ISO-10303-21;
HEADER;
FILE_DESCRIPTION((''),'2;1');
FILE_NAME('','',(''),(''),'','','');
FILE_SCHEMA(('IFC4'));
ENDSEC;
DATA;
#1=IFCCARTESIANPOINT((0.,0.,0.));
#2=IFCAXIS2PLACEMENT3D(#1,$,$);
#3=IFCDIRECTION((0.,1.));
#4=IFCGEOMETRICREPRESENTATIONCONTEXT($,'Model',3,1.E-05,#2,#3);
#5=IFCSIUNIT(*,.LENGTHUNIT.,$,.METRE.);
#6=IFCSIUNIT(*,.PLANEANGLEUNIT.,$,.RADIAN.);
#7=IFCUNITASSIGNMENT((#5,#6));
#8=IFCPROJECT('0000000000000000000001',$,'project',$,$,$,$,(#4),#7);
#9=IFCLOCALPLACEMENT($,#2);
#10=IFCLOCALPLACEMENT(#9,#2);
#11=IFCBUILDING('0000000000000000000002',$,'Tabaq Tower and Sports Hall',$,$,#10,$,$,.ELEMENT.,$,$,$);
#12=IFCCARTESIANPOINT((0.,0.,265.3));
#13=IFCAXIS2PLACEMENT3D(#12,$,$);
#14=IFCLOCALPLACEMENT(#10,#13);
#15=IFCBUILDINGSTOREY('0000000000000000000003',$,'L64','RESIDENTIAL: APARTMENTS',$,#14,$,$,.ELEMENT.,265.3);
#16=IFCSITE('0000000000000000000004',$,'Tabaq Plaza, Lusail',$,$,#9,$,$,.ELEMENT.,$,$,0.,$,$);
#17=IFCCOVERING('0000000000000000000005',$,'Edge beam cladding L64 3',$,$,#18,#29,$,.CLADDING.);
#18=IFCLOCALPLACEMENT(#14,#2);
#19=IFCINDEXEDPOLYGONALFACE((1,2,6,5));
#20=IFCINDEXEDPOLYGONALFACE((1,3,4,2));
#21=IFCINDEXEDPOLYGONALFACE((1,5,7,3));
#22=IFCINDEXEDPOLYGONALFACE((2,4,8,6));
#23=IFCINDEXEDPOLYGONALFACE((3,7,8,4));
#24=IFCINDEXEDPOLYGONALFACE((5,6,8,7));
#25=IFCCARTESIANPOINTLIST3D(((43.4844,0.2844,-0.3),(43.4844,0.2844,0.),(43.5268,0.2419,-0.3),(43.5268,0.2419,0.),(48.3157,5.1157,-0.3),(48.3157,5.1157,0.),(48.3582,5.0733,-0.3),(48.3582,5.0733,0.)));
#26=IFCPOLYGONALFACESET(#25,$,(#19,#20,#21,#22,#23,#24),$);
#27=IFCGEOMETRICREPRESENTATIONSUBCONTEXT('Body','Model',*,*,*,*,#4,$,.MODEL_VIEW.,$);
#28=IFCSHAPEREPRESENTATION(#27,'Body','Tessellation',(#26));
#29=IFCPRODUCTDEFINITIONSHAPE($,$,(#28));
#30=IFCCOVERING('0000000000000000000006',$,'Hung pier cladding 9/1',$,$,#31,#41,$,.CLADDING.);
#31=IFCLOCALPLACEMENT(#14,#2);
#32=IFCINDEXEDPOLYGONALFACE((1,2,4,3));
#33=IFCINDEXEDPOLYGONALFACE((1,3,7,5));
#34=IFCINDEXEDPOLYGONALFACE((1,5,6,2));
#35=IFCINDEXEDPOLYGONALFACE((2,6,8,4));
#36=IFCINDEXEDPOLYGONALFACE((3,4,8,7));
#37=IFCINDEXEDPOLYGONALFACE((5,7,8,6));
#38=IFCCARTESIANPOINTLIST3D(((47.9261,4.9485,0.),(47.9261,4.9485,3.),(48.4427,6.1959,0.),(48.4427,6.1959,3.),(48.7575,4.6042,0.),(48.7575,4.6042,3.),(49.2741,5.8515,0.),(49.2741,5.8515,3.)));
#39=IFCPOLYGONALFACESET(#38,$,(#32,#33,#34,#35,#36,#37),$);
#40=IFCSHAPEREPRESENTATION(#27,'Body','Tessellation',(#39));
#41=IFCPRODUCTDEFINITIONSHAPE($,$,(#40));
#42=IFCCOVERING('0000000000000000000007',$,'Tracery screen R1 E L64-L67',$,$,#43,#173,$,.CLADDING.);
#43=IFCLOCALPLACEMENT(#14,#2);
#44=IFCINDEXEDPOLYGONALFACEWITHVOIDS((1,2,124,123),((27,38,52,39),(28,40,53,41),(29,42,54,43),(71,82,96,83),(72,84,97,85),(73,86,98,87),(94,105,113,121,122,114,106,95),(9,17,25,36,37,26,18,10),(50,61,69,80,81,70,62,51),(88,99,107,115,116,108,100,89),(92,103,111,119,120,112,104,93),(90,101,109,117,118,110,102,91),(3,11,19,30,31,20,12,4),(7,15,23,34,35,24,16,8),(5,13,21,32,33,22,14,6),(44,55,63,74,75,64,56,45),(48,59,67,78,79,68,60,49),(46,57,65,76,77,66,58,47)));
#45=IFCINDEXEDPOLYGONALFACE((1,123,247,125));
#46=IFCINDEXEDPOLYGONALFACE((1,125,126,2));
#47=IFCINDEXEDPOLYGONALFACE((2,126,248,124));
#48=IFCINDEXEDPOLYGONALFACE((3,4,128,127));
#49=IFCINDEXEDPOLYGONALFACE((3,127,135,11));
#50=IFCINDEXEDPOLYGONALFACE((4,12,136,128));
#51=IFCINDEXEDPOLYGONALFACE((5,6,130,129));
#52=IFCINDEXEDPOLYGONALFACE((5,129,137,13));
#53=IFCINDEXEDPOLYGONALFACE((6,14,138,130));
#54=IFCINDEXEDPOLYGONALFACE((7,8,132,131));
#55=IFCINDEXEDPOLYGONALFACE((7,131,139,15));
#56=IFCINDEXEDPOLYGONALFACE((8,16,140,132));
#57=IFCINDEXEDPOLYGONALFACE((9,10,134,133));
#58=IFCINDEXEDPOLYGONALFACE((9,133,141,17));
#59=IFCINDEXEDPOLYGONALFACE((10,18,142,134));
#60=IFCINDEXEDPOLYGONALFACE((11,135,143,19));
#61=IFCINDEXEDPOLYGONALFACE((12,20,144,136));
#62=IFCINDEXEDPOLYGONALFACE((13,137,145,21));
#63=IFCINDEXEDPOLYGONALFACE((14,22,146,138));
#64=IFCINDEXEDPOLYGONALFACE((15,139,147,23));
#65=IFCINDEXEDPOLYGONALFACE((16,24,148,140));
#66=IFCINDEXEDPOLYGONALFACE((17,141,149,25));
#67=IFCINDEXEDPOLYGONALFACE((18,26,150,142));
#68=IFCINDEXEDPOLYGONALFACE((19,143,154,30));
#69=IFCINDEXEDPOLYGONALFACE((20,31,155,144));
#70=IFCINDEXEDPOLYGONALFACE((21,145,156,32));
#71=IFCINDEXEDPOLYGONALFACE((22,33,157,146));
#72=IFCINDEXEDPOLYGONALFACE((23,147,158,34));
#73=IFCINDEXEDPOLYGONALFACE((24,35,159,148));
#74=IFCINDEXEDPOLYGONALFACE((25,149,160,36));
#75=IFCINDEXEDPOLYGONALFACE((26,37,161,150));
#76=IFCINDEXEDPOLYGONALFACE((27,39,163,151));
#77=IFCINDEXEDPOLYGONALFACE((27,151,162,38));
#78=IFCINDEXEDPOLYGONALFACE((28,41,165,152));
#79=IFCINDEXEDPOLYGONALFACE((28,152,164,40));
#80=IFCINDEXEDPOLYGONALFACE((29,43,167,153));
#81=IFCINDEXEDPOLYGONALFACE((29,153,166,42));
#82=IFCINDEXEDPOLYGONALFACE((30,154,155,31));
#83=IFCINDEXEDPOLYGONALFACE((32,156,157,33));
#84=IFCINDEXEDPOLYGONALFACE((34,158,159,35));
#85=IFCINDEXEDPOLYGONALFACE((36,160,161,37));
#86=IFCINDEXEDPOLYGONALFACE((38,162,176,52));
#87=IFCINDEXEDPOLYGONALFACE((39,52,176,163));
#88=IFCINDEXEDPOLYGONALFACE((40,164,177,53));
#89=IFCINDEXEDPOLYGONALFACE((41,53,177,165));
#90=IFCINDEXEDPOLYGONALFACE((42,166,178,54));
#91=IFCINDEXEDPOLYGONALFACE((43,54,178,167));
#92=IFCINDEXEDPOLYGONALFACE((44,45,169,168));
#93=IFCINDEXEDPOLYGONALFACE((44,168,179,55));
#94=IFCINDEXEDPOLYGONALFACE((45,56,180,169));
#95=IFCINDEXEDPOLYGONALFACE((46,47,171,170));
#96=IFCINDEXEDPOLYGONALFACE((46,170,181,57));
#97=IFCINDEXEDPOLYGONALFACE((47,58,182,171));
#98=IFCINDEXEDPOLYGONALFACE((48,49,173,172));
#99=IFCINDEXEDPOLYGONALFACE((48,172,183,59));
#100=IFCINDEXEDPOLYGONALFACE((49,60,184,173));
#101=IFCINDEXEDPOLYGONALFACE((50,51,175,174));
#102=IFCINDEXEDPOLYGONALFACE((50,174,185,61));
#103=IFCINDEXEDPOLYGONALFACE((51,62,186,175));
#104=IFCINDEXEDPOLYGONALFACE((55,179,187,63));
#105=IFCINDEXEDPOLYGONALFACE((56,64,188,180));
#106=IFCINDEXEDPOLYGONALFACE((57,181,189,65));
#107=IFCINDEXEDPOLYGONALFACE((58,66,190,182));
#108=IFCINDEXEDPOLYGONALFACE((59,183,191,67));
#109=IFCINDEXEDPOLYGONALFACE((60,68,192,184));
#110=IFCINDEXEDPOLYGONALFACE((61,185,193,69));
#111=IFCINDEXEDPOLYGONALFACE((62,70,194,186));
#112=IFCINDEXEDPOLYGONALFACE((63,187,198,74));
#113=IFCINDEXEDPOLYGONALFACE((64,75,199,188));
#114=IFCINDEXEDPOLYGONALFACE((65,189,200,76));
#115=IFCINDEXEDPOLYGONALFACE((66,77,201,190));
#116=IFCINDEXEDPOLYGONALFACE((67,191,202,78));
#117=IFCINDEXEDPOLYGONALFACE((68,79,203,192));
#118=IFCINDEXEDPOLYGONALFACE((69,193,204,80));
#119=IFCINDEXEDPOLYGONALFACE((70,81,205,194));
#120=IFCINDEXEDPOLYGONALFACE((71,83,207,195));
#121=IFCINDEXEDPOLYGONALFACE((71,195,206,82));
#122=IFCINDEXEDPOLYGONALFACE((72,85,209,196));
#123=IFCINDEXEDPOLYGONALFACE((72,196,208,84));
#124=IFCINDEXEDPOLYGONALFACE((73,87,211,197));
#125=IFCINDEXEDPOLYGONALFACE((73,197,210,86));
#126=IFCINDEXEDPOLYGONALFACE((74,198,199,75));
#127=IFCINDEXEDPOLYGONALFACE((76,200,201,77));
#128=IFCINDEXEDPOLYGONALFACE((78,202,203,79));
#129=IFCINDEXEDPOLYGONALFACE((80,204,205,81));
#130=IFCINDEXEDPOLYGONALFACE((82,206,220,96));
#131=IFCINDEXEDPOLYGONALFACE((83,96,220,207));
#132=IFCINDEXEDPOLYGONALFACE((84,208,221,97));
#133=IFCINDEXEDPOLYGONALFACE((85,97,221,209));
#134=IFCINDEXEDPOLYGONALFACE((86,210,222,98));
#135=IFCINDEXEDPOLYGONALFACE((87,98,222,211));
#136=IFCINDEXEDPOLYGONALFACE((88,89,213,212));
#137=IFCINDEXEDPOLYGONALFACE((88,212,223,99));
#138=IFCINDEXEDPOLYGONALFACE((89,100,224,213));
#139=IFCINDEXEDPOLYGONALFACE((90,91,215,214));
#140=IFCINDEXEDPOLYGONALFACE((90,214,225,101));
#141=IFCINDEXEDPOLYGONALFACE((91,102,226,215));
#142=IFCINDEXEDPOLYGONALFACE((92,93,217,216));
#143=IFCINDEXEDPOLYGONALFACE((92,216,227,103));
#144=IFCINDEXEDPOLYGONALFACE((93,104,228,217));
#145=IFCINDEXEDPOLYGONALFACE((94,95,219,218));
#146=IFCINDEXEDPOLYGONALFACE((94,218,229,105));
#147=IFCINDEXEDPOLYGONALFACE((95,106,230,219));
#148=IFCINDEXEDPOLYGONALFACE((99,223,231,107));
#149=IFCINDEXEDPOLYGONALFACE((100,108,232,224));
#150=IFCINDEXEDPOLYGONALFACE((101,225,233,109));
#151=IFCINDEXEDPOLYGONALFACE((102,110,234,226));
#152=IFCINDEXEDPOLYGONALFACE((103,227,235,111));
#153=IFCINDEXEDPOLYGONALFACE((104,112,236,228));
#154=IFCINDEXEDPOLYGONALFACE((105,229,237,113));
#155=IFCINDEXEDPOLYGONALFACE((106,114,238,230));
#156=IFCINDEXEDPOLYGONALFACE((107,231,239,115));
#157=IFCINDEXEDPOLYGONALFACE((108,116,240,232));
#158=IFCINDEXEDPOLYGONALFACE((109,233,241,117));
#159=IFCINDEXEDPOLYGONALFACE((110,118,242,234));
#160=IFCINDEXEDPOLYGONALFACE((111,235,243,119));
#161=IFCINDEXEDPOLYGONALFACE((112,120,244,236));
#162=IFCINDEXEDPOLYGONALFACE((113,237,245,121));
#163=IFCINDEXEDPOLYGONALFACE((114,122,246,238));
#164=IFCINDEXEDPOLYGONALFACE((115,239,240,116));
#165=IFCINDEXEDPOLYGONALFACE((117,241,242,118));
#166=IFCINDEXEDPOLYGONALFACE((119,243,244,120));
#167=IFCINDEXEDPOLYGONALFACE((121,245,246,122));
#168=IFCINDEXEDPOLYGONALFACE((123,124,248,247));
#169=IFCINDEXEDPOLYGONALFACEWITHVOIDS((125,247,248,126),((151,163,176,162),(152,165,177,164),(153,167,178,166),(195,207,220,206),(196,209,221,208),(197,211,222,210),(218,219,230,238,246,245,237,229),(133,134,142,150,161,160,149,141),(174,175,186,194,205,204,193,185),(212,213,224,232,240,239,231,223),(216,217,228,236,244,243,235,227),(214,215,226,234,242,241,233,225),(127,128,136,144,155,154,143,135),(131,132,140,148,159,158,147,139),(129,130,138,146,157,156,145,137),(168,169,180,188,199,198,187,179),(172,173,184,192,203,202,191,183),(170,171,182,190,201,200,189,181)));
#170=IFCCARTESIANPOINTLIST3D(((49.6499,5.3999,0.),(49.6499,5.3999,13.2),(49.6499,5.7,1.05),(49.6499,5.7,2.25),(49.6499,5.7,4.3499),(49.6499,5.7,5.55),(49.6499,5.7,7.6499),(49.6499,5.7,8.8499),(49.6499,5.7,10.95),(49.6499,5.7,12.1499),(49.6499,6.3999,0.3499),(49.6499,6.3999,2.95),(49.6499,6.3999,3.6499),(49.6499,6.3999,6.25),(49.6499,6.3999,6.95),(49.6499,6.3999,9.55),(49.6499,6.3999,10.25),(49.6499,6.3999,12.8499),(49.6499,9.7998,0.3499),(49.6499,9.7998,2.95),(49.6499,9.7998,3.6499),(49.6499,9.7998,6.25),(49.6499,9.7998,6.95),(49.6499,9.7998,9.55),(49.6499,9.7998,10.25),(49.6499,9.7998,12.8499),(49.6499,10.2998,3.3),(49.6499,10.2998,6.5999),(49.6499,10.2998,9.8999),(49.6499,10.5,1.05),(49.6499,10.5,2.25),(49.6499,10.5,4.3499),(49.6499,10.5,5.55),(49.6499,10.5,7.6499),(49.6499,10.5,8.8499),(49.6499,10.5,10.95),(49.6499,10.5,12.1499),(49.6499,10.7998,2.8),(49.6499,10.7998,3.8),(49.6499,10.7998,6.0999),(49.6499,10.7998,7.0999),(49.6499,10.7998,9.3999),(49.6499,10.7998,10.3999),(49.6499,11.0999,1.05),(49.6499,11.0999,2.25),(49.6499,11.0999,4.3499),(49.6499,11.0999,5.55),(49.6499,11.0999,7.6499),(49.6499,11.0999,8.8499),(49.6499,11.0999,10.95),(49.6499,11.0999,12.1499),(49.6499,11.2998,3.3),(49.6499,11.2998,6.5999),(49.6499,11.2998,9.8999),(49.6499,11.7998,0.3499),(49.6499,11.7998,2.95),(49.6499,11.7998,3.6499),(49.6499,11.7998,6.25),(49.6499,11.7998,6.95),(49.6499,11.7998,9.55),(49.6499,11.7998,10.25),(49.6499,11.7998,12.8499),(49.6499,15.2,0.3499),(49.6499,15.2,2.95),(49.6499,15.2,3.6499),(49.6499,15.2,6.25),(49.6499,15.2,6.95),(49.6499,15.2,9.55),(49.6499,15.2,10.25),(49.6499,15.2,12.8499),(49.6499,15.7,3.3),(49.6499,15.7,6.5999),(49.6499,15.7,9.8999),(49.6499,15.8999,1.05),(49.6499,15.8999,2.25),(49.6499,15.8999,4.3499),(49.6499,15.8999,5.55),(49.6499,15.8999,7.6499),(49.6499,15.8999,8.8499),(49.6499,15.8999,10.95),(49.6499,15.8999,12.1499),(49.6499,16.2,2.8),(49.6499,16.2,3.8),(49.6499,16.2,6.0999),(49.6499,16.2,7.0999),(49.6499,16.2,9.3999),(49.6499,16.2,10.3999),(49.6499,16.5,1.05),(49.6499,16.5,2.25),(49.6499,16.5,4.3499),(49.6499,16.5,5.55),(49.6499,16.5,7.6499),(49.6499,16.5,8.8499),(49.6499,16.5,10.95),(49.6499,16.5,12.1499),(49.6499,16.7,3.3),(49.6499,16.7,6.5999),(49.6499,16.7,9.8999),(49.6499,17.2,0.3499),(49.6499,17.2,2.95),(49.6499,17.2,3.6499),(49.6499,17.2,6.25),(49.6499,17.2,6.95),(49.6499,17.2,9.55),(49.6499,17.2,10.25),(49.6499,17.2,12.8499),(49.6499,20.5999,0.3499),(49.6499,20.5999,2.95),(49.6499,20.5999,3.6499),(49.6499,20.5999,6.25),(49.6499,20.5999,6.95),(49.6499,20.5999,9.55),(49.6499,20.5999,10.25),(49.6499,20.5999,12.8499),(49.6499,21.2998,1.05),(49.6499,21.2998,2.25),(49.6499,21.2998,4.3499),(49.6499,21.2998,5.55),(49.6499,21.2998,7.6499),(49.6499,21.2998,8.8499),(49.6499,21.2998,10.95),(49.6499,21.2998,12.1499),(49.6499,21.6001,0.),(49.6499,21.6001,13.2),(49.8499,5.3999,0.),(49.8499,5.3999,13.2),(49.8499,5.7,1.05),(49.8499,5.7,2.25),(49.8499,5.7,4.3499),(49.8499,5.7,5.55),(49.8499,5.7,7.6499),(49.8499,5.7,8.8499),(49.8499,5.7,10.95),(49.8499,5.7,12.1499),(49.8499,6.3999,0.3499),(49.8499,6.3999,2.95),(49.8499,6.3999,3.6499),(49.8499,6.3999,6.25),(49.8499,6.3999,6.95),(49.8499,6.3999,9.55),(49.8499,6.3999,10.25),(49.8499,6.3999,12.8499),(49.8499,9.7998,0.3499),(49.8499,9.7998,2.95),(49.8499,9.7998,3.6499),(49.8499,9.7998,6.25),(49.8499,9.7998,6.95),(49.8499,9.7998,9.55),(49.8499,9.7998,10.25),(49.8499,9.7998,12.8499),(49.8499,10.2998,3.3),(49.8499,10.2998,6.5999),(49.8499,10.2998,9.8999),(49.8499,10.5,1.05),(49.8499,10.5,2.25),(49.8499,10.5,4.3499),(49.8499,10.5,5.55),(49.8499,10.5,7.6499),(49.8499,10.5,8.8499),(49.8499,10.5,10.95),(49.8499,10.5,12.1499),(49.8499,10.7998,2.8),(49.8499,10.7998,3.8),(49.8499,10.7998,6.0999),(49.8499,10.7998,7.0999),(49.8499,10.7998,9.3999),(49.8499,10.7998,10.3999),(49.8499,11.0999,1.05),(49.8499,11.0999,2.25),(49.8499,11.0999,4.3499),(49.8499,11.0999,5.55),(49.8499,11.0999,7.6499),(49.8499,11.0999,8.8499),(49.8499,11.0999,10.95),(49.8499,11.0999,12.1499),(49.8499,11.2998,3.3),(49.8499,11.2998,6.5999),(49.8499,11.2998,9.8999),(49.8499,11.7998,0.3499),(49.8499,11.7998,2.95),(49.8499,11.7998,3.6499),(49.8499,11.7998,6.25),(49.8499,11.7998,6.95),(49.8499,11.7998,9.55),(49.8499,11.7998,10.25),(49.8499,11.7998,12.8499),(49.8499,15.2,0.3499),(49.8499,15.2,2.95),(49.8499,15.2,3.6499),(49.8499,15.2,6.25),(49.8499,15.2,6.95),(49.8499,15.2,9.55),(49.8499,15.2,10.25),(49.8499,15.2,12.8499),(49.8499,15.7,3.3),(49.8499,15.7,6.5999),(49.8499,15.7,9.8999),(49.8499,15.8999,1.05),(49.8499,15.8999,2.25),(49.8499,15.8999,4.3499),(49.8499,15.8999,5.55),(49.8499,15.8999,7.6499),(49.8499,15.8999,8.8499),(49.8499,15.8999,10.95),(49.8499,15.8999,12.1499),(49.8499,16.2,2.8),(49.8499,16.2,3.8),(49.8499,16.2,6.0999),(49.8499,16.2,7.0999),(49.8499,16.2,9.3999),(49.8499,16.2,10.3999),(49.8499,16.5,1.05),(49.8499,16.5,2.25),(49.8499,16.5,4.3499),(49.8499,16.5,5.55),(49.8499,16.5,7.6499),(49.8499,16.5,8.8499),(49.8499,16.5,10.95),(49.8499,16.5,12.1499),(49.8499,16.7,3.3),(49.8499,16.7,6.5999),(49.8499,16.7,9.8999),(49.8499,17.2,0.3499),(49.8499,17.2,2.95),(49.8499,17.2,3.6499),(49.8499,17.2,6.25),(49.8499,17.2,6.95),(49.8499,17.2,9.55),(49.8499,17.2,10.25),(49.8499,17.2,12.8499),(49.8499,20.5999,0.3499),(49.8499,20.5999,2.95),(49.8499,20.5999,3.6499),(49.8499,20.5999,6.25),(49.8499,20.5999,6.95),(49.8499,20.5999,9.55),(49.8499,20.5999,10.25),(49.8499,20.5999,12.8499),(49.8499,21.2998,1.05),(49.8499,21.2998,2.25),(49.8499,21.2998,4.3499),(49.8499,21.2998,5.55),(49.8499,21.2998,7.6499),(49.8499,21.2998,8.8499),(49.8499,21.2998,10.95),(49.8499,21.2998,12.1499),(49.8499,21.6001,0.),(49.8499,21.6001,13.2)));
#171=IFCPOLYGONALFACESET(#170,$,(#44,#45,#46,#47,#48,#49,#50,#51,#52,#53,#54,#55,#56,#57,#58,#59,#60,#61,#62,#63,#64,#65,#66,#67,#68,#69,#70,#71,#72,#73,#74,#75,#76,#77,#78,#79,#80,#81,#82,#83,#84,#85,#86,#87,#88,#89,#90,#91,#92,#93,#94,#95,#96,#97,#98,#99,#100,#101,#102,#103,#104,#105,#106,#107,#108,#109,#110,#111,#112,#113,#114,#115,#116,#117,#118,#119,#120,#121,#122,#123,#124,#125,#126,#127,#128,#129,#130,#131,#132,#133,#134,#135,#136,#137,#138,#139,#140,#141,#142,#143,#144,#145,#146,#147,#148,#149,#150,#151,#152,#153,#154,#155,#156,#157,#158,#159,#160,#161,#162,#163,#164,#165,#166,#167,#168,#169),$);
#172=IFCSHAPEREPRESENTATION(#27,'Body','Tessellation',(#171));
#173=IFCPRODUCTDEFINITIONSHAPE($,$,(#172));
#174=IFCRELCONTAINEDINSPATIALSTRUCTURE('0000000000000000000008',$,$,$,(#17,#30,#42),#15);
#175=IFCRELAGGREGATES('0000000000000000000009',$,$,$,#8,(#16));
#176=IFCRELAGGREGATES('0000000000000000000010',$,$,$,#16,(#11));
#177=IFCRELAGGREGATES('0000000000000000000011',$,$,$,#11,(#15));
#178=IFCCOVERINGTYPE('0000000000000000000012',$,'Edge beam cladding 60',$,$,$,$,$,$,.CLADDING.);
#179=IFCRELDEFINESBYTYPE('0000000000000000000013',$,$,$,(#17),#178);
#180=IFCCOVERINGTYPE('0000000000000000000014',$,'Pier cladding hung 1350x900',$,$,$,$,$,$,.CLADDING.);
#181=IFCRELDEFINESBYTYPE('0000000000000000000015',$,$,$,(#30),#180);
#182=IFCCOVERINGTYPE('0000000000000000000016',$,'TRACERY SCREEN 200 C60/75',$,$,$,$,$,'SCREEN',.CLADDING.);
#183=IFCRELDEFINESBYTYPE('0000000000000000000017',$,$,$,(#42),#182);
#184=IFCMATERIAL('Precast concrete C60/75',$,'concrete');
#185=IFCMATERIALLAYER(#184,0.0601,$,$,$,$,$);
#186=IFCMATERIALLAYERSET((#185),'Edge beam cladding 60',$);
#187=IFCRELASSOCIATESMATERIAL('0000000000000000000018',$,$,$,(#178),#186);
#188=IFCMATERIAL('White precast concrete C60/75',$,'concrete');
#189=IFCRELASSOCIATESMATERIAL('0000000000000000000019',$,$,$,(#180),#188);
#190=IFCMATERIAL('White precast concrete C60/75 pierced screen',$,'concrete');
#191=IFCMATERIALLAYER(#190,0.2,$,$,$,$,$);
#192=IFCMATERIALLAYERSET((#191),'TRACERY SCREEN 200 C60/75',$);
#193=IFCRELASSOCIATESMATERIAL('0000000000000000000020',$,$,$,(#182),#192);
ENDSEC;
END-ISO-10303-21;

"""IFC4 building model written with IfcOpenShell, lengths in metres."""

from ifc_helpers import new_model, si_unit, direction, frame, frame_2d, origin, place, context, subcontext, project, spatial, polyline, rectangle, outline, extrude, material, layer, layer_set, type_object, element, save


model = new_model("IFC4")

# Units and contexts
model_context = context("Model", 3, precision=1e-05, world=origin(), true_north=direction((0.0, 1.0)))
body_context = subcontext(model_context, "Body", "Model", "MODEL_VIEW")
ifc_project = project(units=[si_unit("LENGTHUNIT", "METRE"), si_unit("PLANEANGLEUNIT", "RADIAN")], contexts=[model_context])

# Site, building, storey
site_placement = place(None, origin())
site = spatial("IfcSite", under=ifc_project, at=site_placement, Name="Tabaq Plaza, Lusail", CompositionType="ELEMENT", RefElevation=0.0)
building_placement = place(site_placement, origin())
building = spatial("IfcBuilding", under=site, at=building_placement, Name="Tabaq Tower and Sports Hall", CompositionType="ELEMENT")
storey_placement = place(building_placement, frame((0.0, 0.0, 265.3)))
storey = spatial("IfcBuildingStorey", under=building, at=storey_placement, Name="L64", Description="RESIDENTIAL: APARTMENTS", CompositionType="ELEMENT", Elevation=265.3)

# Coverings
ifc_material_1 = material(Name="Precast concrete C60/75", Category="concrete")
ifc_layer_1 = layer(ifc_material_1, 0.0601)
ifc_layer_set_1 = layer_set([ifc_layer_1], Name="Edge beam cladding 60")
covering_type_1 = type_object("IfcCoveringType", Name="Edge beam cladding 60", PredefinedType="CLADDING", material=ifc_layer_set_1)
covering_1_placement = place(storey_placement, frame((43.5056, 0.2632, -0.3), z_axis=(0.0, 0.0, 1.0), x_axis=(0.707107, 0.707107, 0.0)))
element("IfcCovering", 1, at=covering_1_placement, inside=storey, type_object=covering_type_1, Name="Edge beam cladding L64 3", PredefinedType="CLADDING", context=body_context, shape_type="SweptSolid", body=[
    extrude(rectangle(XDim=6.8325, YDim=0.0601, at=frame_2d((3.4163, 0.0))), origin(), (0.0, 0.0, 1.0), 0.3),
])
ifc_material_2 = material(Name="White precast concrete C60/75", Category="concrete")
covering_type_2 = type_object("IfcCoveringType", Name="Pier cladding hung 1350x900", PredefinedType="CLADDING", material=ifc_material_2)
covering_2_placement = place(storey_placement, frame((48.3418, 4.7764, 0.0), z_axis=(0.0, 0.0, 1.0), x_axis=(0.38265, 0.923893, 0.0)))
element("IfcCovering", 2, at=covering_2_placement, inside=storey, type_object=covering_type_2, Name="Hung pier cladding 9/1", PredefinedType="CLADDING", context=body_context, shape_type="SweptSolid", body=[
    extrude(rectangle(XDim=1.3501, YDim=0.8999, at=frame_2d((0.675, 0.0))), origin(), (0.0, 0.0, 1.0), 3.0),
])
ifc_material_3 = material(Name="White precast concrete C60/75 pierced screen", Category="concrete")
ifc_layer_2 = layer(ifc_material_3, 0.2)
ifc_layer_set_2 = layer_set([ifc_layer_2], Name="TRACERY SCREEN 200 C60/75")
covering_type_3 = type_object("IfcCoveringType", Name="TRACERY SCREEN 200 C60/75", ElementType="SCREEN", PredefinedType="CLADDING", material=ifc_layer_set_2)
covering_3_placement = place(storey_placement, frame((49.75, 5.3999, 0.0), z_axis=(0.0, 0.0, 1.0), x_axis=(0.0, 1.0, 0.0)))
element("IfcCovering", 3, at=covering_3_placement, inside=storey, type_object=covering_type_3, Name="Tracery screen R1 E L64-L67", PredefinedType="CLADDING", context=body_context, shape_type="SweptSolid", body=[
    extrude(outline(polyline([(0.0, 0.0), (16.2002, 0.0), (16.2002, 13.2), (0.0, 13.2), (0.0, 0.0)]), holes=[polyline([(1.0, 0.3499), (4.3999, 0.3499), (5.1001, 1.05), (5.1001, 2.25), (4.3999, 2.95), (1.0, 2.95), (0.3, 2.25), (0.3, 1.05), (1.0, 0.3499)]), polyline([(6.3999, 0.3499), (9.8, 0.3499), (10.5, 1.05), (10.5, 2.25), (9.8, 2.95), (6.3999, 2.95), (5.7, 2.25), (5.7, 1.05), (6.3999, 0.3499)]), polyline([(11.8, 0.3499), (15.2, 0.3499), (15.8999, 1.05), (15.8999, 2.25), (15.2, 2.95), (11.8, 2.95), (11.1001, 2.25), (11.1001, 1.05), (11.8, 0.3499)]), polyline([(1.0, 3.6499), (4.3999, 3.6499), (5.1001, 4.3499), (5.1001, 5.55), (4.3999, 6.25), (1.0, 6.25), (0.3, 5.55), (0.3, 4.3499), (1.0, 3.6499)]), polyline([(6.3999, 3.6499), (9.8, 3.6499), (10.5, 4.3499), (10.5, 5.55), (9.8, 6.25), (6.3999, 6.25), (5.7, 5.55), (5.7, 4.3499), (6.3999, 3.6499)]), polyline([(11.8, 3.6499), (15.2, 3.6499), (15.8999, 4.3499), (15.8999, 5.55), (15.2, 6.25), (11.8, 6.25), (11.1001, 5.55), (11.1001, 4.3499), (11.8, 3.6499)]), polyline([(1.0, 6.95), (4.3999, 6.95), (5.1001, 7.6499), (5.1001, 8.8499), (4.3999, 9.55), (1.0, 9.55), (0.3, 8.8499), (0.3, 7.6499), (1.0, 6.95)]), polyline([(6.3999, 6.95), (9.8, 6.95), (10.5, 7.6499), (10.5, 8.8499), (9.8, 9.55), (6.3999, 9.55), (5.7, 8.8499), (5.7, 7.6499), (6.3999, 6.95)]), polyline([(11.8, 6.95), (15.2, 6.95), (15.8999, 7.6499), (15.8999, 8.8499), (15.2, 9.55), (11.8, 9.55), (11.1001, 8.8499), (11.1001, 7.6499), (11.8, 6.95)]), polyline([(1.0, 10.25), (4.3999, 10.25), (5.1001, 10.95), (5.1001, 12.1499), (4.3999, 12.8499), (1.0, 12.8499), (0.3, 12.1499), (0.3, 10.95), (1.0, 10.25)]), polyline([(6.3999, 10.25), (9.8, 10.25), (10.5, 10.95), (10.5, 12.1499), (9.8, 12.8499), (6.3999, 12.8499), (5.7, 12.1499), (5.7, 10.95), (6.3999, 10.25)]), polyline([(11.8, 10.25), (15.2, 10.25), (15.8999, 10.95), (15.8999, 12.1499), (15.2, 12.8499), (11.8, 12.8499), (11.1001, 12.1499), (11.1001, 10.95), (11.8, 10.25)]), polyline([(5.8999, 3.3), (5.3999, 3.8), (4.8999, 3.3), (5.3999, 2.8), (5.8999, 3.3)]), polyline([(11.3, 3.3), (10.8, 3.8), (10.3, 3.3), (10.8, 2.8), (11.3, 3.3)]), polyline([(5.8999, 6.5999), (5.3999, 7.0999), (4.8999, 6.5999), (5.3999, 6.0999), (5.8999, 6.5999)]), polyline([(11.3, 6.5999), (10.8, 7.0999), (10.3, 6.5999), (10.8, 6.0999), (11.3, 6.5999)]), polyline([(5.8999, 9.8999), (5.3999, 10.3999), (4.8999, 9.8999), (5.3999, 9.3999), (5.8999, 9.8999)]), polyline([(11.3, 9.8999), (10.8, 10.3999), (10.3, 9.8999), (10.8, 9.3999), (11.3, 9.8999)])]), frame((0.0, 0.1001, 0.0), z_axis=(0.0, -1.0, 0.0), x_axis=(1.0, 0.0, 0.0)), (0.0, 0.0, 1.0), 0.2),
])

save(model, "model.ifc")
